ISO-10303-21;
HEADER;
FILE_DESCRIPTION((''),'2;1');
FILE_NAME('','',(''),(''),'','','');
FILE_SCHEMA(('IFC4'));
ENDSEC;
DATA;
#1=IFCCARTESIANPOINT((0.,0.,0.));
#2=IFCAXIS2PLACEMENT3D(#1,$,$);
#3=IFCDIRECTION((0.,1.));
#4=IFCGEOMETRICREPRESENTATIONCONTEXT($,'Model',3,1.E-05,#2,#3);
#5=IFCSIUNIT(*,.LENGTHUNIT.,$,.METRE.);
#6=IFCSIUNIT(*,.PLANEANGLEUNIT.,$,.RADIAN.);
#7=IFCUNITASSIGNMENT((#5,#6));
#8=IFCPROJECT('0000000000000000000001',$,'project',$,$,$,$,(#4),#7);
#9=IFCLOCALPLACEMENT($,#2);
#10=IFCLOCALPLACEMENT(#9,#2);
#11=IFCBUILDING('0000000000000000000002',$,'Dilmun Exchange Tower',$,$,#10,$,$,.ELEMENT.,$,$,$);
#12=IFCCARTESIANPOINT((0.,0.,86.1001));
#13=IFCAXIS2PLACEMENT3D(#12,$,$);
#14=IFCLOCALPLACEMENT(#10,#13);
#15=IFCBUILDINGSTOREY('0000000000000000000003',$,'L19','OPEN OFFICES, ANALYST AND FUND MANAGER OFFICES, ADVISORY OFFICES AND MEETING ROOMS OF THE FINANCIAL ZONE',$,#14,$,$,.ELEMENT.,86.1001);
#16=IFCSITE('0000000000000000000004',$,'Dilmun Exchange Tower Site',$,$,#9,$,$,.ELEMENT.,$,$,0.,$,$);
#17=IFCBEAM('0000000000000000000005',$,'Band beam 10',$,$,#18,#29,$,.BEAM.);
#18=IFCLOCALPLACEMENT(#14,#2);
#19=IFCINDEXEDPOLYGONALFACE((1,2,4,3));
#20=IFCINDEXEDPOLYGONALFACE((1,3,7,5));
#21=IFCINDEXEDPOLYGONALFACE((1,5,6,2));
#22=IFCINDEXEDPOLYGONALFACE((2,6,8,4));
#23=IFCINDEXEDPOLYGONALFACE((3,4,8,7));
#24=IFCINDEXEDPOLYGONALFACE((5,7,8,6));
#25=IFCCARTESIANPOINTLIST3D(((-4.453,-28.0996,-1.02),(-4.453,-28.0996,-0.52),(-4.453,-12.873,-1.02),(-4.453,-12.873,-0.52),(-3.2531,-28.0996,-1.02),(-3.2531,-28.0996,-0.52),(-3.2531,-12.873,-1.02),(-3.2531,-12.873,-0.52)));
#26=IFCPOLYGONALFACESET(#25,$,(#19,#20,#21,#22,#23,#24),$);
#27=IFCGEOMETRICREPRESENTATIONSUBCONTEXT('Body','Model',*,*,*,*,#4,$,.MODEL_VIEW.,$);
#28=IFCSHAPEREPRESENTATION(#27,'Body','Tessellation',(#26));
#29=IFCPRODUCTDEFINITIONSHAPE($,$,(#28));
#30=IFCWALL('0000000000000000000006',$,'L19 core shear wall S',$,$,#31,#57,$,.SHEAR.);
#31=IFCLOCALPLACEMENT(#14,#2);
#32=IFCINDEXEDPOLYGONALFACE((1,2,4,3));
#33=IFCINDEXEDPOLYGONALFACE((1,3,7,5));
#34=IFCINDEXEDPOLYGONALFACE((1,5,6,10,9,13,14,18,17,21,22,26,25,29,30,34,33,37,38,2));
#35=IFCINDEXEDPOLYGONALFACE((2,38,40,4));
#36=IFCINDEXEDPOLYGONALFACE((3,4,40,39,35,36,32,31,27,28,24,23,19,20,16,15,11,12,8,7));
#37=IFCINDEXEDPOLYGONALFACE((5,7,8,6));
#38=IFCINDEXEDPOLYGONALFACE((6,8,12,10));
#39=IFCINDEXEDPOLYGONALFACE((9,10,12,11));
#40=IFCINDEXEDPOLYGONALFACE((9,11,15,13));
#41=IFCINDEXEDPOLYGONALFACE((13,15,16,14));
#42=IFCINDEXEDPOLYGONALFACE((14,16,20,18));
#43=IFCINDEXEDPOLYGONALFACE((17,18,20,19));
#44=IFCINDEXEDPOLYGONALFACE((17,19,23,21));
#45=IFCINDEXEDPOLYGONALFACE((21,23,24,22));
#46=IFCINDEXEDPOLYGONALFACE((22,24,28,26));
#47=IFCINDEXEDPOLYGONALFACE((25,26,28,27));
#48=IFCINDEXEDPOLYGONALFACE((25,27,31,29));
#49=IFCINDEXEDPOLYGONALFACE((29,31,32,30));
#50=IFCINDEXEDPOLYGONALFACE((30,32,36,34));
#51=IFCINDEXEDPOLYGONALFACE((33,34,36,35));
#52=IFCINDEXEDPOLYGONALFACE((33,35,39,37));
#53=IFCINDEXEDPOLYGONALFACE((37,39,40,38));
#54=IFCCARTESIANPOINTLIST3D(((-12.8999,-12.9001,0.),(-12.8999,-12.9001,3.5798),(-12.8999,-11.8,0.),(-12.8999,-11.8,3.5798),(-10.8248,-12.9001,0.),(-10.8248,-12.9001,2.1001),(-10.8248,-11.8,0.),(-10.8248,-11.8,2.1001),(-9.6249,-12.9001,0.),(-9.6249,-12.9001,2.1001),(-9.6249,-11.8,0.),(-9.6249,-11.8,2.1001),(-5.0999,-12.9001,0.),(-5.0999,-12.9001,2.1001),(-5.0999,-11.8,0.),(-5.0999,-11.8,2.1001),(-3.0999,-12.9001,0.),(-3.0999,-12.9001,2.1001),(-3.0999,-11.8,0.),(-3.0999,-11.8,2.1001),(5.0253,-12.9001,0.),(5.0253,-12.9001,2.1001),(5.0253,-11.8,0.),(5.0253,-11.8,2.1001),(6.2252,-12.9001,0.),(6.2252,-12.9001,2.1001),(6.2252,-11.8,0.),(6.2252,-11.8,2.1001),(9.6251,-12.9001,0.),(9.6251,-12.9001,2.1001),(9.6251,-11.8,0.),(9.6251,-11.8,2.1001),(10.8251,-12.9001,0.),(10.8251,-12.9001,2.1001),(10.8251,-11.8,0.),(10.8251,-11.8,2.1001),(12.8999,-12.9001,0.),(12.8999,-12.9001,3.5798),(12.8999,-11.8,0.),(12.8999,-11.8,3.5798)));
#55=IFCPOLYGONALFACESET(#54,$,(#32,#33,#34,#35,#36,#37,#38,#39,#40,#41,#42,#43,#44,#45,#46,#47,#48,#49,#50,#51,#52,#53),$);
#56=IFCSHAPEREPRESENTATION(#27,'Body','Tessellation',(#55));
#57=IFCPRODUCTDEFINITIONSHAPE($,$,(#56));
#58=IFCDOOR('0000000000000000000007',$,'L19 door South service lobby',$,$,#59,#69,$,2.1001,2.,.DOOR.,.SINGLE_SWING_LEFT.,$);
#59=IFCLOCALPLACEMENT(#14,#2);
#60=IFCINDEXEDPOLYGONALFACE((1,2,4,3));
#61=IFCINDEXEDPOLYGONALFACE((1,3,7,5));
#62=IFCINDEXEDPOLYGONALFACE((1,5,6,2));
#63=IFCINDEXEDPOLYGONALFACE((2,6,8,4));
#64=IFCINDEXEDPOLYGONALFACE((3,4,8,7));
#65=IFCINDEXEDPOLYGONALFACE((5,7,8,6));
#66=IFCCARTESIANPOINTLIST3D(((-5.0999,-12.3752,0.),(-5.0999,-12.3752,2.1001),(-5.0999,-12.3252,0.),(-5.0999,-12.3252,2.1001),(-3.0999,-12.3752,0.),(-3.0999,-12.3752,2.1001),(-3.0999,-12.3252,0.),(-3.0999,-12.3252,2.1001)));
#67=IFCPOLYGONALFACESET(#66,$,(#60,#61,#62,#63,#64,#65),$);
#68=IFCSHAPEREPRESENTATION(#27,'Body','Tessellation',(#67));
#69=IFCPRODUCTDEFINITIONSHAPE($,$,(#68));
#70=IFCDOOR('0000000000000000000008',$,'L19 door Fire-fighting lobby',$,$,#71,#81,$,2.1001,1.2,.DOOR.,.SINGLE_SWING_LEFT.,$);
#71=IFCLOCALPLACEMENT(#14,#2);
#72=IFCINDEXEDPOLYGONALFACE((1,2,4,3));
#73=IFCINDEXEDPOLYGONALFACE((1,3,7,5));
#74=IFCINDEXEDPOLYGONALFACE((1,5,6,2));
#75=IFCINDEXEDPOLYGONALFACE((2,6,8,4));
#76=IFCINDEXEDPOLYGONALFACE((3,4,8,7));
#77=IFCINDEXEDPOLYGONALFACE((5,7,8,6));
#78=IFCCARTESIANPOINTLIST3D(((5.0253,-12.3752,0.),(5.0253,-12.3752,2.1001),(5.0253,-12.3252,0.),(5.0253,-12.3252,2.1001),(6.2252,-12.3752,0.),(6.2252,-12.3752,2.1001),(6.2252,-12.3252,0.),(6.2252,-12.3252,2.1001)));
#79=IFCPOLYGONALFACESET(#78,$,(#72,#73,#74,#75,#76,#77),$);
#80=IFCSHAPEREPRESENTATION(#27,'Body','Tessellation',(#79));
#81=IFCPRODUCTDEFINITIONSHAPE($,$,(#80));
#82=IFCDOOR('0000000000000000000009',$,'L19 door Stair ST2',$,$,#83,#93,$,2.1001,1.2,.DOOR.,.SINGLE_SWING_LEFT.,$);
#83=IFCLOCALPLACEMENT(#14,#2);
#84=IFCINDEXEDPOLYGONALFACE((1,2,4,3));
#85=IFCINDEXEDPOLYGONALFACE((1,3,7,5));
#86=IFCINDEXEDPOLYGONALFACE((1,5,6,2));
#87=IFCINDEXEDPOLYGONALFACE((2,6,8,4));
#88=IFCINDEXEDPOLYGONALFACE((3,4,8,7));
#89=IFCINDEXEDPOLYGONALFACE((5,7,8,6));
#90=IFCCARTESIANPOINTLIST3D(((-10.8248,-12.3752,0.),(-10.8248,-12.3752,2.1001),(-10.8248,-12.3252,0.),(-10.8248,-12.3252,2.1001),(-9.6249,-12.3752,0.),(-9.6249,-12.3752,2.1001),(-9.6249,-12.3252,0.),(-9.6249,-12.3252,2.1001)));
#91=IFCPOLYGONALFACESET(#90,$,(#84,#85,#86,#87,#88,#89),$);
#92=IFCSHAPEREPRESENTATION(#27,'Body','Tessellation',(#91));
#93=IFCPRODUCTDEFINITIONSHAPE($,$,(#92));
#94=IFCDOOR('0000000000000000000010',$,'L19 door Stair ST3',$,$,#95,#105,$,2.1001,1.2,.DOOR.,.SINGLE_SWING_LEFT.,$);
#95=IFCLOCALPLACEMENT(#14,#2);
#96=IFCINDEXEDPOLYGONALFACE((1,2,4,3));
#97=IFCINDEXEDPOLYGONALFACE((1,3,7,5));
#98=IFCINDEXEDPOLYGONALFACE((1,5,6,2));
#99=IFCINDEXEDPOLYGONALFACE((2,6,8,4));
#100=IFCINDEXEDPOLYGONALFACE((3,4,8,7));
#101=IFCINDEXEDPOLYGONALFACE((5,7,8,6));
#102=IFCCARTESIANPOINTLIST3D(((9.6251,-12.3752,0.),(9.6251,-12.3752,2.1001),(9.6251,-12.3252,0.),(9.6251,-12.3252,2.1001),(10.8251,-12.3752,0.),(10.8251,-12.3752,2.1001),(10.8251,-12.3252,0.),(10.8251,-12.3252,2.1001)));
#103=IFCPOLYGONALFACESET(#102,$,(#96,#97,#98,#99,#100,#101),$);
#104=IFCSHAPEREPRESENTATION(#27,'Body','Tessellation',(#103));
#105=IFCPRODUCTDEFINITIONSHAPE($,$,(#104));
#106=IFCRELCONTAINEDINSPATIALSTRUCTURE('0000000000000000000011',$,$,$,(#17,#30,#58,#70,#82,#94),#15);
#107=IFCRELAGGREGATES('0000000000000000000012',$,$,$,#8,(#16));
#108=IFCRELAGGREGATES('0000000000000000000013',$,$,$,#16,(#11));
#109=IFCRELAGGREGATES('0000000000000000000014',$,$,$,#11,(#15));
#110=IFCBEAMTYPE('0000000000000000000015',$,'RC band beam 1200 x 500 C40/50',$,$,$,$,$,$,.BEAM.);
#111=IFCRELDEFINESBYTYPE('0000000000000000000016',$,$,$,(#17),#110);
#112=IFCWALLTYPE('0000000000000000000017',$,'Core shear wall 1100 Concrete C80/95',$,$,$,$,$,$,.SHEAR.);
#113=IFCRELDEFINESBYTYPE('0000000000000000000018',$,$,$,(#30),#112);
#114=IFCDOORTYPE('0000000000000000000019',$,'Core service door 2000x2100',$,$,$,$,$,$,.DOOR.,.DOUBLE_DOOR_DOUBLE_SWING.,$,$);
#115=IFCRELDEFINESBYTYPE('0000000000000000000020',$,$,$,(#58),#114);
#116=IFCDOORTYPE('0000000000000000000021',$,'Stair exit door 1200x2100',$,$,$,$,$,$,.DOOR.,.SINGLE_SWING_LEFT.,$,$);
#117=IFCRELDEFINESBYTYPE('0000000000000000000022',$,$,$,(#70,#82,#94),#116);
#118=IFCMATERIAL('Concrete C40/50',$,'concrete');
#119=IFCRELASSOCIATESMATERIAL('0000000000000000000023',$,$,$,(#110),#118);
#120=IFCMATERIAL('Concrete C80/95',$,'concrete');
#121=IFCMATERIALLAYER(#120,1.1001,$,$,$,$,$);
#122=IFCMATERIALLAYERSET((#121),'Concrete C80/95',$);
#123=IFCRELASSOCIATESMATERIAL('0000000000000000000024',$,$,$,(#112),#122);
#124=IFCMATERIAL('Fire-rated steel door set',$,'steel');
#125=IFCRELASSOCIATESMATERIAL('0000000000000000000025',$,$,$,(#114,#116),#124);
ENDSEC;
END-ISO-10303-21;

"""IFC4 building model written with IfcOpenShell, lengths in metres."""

from ifc_helpers import new_model, si_unit, direction, frame, frame_2d, origin, origin_2d, place, context, subcontext, project, spatial, rectangle, extrude, material, layer, layer_set, material_profile, profile_set, type_object, element, fill, save


model = new_model("IFC4")

# Units and contexts
model_context = context("Model", 3, precision=1e-05, world=origin(), true_north=direction((0.0, 1.0)))
body_context = subcontext(model_context, "Body", "Model", "MODEL_VIEW")
ifc_project = project(units=[si_unit("LENGTHUNIT", "METRE"), si_unit("PLANEANGLEUNIT", "RADIAN")], contexts=[model_context])

# Site, building, storey
site_placement = place(None, origin())
site = spatial("IfcSite", under=ifc_project, at=site_placement, Name="Dilmun Exchange Tower Site", CompositionType="ELEMENT", RefElevation=0.0)
building_placement = place(site_placement, origin())
building = spatial("IfcBuilding", under=site, at=building_placement, Name="Dilmun Exchange Tower", CompositionType="ELEMENT")
storey_placement = place(building_placement, frame((0.0, 0.0, 86.1001)))
storey = spatial("IfcBuildingStorey", under=building, at=storey_placement, Name="L19", Description="OPEN OFFICES, ANALYST AND FUND MANAGER OFFICES, ADVISORY OFFICES AND MEETING ROOMS OF THE FINANCIAL ZONE", CompositionType="ELEMENT", Elevation=86.1001)

# Beam
ifc_material_1 = material(Name="Concrete C40/50", Category="concrete")
ifc_material_profile = material_profile(ifc_material_1, rectangle(XDim=1.2, YDim=0.5, at=origin_2d()), Name="1200 x 500")
ifc_profile_set = profile_set([ifc_material_profile], Name="Concrete C40/50")
beam_type = type_object("IfcBeamType", Name="RC band beam 1200 x 500 C40/50", PredefinedType="BEAM", material=ifc_profile_set)
beam_placement = place(storey_placement, frame((-3.853, -28.0996, -0.77), z_axis=(0.0, 1.0, 0.0), x_axis=(-1.0, 0.0, 0.0)))
element("IfcBeam", 1, at=beam_placement, inside=storey, type_object=beam_type, Name="Band beam 10", PredefinedType="BEAM", context=body_context, shape_type="SweptSolid", body=[
    extrude(rectangle(XDim=1.2, YDim=0.5, at=origin_2d()), origin(), (0.0, 0.0, 1.0), 15.2266),
])

# Wall, openings, doors
ifc_material_2 = material(Name="Concrete C80/95", Category="concrete")
ifc_layer_1 = layer(ifc_material_2, 1.1001)
ifc_layer_set_1 = layer_set([ifc_layer_1], Name="Concrete C80/95")
wall_type_1 = type_object("IfcWallType", Name="Core shear wall 1100 Concrete C80/95", PredefinedType="SHEAR", material=ifc_layer_set_1)
wall_1_placement = place(storey_placement, frame((-12.8999, -12.3501, 0.0), z_axis=(0.0, 0.0, 1.0), x_axis=(1.0, 0.0, 0.0)))
wall_1 = element("IfcWall", 2, at=wall_1_placement, inside=storey, type_object=wall_type_1, Name="L19 core shear wall S", PredefinedType="SHEAR", context=body_context, shape_type="SweptSolid", body=[
    extrude(rectangle(XDim=25.7998, YDim=1.1001, at=frame_2d((12.8999, 0.0))), origin(), (0.0, 0.0, 1.0), 3.5798),
])
opening_1_placement = place(wall_1_placement, frame((7.8, 0.0, 0.0)))
opening_1 = element("IfcOpeningElement", 3, at=opening_1_placement, cuts=wall_1, PredefinedType="OPENING", context=body_context, shape_type="SweptSolid", body=[
    extrude(rectangle(XDim=2.0, YDim=2.1001, at=frame_2d((1.0, 1.05))), frame((0.0, 0.5601, 0.0), z_axis=(0.0, -1.0, 0.0), x_axis=(1.0, 0.0, 0.0)), (0.0, 0.0, 1.0), 1.1201),
])
opening_2_placement = place(wall_1_placement, frame((17.925, 0.0, 0.0)))
opening_2 = element("IfcOpeningElement", 4, at=opening_2_placement, cuts=wall_1, PredefinedType="OPENING", context=body_context, shape_type="SweptSolid", body=[
    extrude(rectangle(XDim=1.2, YDim=2.1001, at=frame_2d((0.6001, 1.05))), frame((0.0, 0.5601, 0.0), z_axis=(0.0, -1.0, 0.0), x_axis=(1.0, 0.0, 0.0)), (0.0, 0.0, 1.0), 1.1201),
])
opening_3_placement = place(wall_1_placement, frame((2.075, 0.0, 0.0)))
opening_3 = element("IfcOpeningElement", 5, at=opening_3_placement, cuts=wall_1, PredefinedType="OPENING", context=body_context, shape_type="SweptSolid", body=[
    extrude(rectangle(XDim=1.2, YDim=2.1001, at=frame_2d((0.6001, 1.05))), frame((0.0, 0.5601, 0.0), z_axis=(0.0, -1.0, 0.0), x_axis=(1.0, 0.0, 0.0)), (0.0, 0.0, 1.0), 1.1201),
])
opening_4_placement = place(wall_1_placement, frame((22.5249, 0.0, 0.0)))
opening_4 = element("IfcOpeningElement", 6, at=opening_4_placement, cuts=wall_1, PredefinedType="OPENING", context=body_context, shape_type="SweptSolid", body=[
    extrude(rectangle(XDim=1.2, YDim=2.1001, at=frame_2d((0.6001, 1.05))), frame((0.0, 0.5601, 0.0), z_axis=(0.0, -1.0, 0.0), x_axis=(1.0, 0.0, 0.0)), (0.0, 0.0, 1.0), 1.1201),
])
ifc_material_3 = material(Name="Fire-rated steel door set", Category="steel")
door_type_1 = type_object("IfcDoorType", Name="Core service door 2000x2100", OperationType="DOUBLE_DOOR_DOUBLE_SWING", PredefinedType="DOOR", material=ifc_material_3)
door_1_placement = place(opening_1_placement, origin())
door_1 = element("IfcDoor", 7, at=door_1_placement, inside=storey, type_object=door_type_1, Name="L19 door South service lobby", OperationType="SINGLE_SWING_LEFT", OverallHeight=2.1001, OverallWidth=2.0, PredefinedType="DOOR", context=body_context, shape_type="SweptSolid", body=[
    extrude(rectangle(XDim=2.0, YDim=2.1001, at=frame_2d((1.0, 1.05))), frame((0.0, 0.0249, 0.0), z_axis=(0.0, -1.0, 0.0), x_axis=(1.0, 0.0, 0.0)), (0.0, 0.0, 1.0), 0.05),
])
fill(opening_1, door_1)
door_type_2 = type_object("IfcDoorType", Name="Stair exit door 1200x2100", OperationType="SINGLE_SWING_LEFT", PredefinedType="DOOR", material=ifc_material_3)
door_2_placement = place(opening_2_placement, origin())
door_2 = element("IfcDoor", 8, at=door_2_placement, inside=storey, type_object=door_type_2, Name="L19 door Fire-fighting lobby", OperationType="SINGLE_SWING_LEFT", OverallHeight=2.1001, OverallWidth=1.2, PredefinedType="DOOR", context=body_context, shape_type="SweptSolid", body=[
    extrude(rectangle(XDim=1.2, YDim=2.1001, at=frame_2d((0.6001, 1.05))), frame((0.0, 0.0249, 0.0), z_axis=(0.0, -1.0, 0.0), x_axis=(1.0, 0.0, 0.0)), (0.0, 0.0, 1.0), 0.05),
])
fill(opening_2, door_2)
door_3_placement = place(opening_3_placement, origin())
door_3 = element("IfcDoor", 9, at=door_3_placement, inside=storey, type_object=door_type_2, Name="L19 door Stair ST2", OperationType="SINGLE_SWING_LEFT", OverallHeight=2.1001, OverallWidth=1.2, PredefinedType="DOOR", context=body_context, shape_type="SweptSolid", body=[
    extrude(rectangle(XDim=1.2, YDim=2.1001, at=frame_2d((0.6001, 1.05))), frame((0.0, 0.0249, 0.0), z_axis=(0.0, -1.0, 0.0), x_axis=(1.0, 0.0, 0.0)), (0.0, 0.0, 1.0), 0.05),
])
fill(opening_3, door_3)
door_4_placement = place(opening_4_placement, origin())
door_4 = element("IfcDoor", 10, at=door_4_placement, inside=storey, type_object=door_type_2, Name="L19 door Stair ST3", OperationType="SINGLE_SWING_LEFT", OverallHeight=2.1001, OverallWidth=1.2, PredefinedType="DOOR", context=body_context, shape_type="SweptSolid", body=[
    extrude(rectangle(XDim=1.2, YDim=2.1001, at=frame_2d((0.6001, 1.05))), frame((0.0, 0.0249, 0.0), z_axis=(0.0, -1.0, 0.0), x_axis=(1.0, 0.0, 0.0)), (0.0, 0.0, 1.0), 0.05),
])
fill(opening_4, door_4)

save(model, "model.ifc")
